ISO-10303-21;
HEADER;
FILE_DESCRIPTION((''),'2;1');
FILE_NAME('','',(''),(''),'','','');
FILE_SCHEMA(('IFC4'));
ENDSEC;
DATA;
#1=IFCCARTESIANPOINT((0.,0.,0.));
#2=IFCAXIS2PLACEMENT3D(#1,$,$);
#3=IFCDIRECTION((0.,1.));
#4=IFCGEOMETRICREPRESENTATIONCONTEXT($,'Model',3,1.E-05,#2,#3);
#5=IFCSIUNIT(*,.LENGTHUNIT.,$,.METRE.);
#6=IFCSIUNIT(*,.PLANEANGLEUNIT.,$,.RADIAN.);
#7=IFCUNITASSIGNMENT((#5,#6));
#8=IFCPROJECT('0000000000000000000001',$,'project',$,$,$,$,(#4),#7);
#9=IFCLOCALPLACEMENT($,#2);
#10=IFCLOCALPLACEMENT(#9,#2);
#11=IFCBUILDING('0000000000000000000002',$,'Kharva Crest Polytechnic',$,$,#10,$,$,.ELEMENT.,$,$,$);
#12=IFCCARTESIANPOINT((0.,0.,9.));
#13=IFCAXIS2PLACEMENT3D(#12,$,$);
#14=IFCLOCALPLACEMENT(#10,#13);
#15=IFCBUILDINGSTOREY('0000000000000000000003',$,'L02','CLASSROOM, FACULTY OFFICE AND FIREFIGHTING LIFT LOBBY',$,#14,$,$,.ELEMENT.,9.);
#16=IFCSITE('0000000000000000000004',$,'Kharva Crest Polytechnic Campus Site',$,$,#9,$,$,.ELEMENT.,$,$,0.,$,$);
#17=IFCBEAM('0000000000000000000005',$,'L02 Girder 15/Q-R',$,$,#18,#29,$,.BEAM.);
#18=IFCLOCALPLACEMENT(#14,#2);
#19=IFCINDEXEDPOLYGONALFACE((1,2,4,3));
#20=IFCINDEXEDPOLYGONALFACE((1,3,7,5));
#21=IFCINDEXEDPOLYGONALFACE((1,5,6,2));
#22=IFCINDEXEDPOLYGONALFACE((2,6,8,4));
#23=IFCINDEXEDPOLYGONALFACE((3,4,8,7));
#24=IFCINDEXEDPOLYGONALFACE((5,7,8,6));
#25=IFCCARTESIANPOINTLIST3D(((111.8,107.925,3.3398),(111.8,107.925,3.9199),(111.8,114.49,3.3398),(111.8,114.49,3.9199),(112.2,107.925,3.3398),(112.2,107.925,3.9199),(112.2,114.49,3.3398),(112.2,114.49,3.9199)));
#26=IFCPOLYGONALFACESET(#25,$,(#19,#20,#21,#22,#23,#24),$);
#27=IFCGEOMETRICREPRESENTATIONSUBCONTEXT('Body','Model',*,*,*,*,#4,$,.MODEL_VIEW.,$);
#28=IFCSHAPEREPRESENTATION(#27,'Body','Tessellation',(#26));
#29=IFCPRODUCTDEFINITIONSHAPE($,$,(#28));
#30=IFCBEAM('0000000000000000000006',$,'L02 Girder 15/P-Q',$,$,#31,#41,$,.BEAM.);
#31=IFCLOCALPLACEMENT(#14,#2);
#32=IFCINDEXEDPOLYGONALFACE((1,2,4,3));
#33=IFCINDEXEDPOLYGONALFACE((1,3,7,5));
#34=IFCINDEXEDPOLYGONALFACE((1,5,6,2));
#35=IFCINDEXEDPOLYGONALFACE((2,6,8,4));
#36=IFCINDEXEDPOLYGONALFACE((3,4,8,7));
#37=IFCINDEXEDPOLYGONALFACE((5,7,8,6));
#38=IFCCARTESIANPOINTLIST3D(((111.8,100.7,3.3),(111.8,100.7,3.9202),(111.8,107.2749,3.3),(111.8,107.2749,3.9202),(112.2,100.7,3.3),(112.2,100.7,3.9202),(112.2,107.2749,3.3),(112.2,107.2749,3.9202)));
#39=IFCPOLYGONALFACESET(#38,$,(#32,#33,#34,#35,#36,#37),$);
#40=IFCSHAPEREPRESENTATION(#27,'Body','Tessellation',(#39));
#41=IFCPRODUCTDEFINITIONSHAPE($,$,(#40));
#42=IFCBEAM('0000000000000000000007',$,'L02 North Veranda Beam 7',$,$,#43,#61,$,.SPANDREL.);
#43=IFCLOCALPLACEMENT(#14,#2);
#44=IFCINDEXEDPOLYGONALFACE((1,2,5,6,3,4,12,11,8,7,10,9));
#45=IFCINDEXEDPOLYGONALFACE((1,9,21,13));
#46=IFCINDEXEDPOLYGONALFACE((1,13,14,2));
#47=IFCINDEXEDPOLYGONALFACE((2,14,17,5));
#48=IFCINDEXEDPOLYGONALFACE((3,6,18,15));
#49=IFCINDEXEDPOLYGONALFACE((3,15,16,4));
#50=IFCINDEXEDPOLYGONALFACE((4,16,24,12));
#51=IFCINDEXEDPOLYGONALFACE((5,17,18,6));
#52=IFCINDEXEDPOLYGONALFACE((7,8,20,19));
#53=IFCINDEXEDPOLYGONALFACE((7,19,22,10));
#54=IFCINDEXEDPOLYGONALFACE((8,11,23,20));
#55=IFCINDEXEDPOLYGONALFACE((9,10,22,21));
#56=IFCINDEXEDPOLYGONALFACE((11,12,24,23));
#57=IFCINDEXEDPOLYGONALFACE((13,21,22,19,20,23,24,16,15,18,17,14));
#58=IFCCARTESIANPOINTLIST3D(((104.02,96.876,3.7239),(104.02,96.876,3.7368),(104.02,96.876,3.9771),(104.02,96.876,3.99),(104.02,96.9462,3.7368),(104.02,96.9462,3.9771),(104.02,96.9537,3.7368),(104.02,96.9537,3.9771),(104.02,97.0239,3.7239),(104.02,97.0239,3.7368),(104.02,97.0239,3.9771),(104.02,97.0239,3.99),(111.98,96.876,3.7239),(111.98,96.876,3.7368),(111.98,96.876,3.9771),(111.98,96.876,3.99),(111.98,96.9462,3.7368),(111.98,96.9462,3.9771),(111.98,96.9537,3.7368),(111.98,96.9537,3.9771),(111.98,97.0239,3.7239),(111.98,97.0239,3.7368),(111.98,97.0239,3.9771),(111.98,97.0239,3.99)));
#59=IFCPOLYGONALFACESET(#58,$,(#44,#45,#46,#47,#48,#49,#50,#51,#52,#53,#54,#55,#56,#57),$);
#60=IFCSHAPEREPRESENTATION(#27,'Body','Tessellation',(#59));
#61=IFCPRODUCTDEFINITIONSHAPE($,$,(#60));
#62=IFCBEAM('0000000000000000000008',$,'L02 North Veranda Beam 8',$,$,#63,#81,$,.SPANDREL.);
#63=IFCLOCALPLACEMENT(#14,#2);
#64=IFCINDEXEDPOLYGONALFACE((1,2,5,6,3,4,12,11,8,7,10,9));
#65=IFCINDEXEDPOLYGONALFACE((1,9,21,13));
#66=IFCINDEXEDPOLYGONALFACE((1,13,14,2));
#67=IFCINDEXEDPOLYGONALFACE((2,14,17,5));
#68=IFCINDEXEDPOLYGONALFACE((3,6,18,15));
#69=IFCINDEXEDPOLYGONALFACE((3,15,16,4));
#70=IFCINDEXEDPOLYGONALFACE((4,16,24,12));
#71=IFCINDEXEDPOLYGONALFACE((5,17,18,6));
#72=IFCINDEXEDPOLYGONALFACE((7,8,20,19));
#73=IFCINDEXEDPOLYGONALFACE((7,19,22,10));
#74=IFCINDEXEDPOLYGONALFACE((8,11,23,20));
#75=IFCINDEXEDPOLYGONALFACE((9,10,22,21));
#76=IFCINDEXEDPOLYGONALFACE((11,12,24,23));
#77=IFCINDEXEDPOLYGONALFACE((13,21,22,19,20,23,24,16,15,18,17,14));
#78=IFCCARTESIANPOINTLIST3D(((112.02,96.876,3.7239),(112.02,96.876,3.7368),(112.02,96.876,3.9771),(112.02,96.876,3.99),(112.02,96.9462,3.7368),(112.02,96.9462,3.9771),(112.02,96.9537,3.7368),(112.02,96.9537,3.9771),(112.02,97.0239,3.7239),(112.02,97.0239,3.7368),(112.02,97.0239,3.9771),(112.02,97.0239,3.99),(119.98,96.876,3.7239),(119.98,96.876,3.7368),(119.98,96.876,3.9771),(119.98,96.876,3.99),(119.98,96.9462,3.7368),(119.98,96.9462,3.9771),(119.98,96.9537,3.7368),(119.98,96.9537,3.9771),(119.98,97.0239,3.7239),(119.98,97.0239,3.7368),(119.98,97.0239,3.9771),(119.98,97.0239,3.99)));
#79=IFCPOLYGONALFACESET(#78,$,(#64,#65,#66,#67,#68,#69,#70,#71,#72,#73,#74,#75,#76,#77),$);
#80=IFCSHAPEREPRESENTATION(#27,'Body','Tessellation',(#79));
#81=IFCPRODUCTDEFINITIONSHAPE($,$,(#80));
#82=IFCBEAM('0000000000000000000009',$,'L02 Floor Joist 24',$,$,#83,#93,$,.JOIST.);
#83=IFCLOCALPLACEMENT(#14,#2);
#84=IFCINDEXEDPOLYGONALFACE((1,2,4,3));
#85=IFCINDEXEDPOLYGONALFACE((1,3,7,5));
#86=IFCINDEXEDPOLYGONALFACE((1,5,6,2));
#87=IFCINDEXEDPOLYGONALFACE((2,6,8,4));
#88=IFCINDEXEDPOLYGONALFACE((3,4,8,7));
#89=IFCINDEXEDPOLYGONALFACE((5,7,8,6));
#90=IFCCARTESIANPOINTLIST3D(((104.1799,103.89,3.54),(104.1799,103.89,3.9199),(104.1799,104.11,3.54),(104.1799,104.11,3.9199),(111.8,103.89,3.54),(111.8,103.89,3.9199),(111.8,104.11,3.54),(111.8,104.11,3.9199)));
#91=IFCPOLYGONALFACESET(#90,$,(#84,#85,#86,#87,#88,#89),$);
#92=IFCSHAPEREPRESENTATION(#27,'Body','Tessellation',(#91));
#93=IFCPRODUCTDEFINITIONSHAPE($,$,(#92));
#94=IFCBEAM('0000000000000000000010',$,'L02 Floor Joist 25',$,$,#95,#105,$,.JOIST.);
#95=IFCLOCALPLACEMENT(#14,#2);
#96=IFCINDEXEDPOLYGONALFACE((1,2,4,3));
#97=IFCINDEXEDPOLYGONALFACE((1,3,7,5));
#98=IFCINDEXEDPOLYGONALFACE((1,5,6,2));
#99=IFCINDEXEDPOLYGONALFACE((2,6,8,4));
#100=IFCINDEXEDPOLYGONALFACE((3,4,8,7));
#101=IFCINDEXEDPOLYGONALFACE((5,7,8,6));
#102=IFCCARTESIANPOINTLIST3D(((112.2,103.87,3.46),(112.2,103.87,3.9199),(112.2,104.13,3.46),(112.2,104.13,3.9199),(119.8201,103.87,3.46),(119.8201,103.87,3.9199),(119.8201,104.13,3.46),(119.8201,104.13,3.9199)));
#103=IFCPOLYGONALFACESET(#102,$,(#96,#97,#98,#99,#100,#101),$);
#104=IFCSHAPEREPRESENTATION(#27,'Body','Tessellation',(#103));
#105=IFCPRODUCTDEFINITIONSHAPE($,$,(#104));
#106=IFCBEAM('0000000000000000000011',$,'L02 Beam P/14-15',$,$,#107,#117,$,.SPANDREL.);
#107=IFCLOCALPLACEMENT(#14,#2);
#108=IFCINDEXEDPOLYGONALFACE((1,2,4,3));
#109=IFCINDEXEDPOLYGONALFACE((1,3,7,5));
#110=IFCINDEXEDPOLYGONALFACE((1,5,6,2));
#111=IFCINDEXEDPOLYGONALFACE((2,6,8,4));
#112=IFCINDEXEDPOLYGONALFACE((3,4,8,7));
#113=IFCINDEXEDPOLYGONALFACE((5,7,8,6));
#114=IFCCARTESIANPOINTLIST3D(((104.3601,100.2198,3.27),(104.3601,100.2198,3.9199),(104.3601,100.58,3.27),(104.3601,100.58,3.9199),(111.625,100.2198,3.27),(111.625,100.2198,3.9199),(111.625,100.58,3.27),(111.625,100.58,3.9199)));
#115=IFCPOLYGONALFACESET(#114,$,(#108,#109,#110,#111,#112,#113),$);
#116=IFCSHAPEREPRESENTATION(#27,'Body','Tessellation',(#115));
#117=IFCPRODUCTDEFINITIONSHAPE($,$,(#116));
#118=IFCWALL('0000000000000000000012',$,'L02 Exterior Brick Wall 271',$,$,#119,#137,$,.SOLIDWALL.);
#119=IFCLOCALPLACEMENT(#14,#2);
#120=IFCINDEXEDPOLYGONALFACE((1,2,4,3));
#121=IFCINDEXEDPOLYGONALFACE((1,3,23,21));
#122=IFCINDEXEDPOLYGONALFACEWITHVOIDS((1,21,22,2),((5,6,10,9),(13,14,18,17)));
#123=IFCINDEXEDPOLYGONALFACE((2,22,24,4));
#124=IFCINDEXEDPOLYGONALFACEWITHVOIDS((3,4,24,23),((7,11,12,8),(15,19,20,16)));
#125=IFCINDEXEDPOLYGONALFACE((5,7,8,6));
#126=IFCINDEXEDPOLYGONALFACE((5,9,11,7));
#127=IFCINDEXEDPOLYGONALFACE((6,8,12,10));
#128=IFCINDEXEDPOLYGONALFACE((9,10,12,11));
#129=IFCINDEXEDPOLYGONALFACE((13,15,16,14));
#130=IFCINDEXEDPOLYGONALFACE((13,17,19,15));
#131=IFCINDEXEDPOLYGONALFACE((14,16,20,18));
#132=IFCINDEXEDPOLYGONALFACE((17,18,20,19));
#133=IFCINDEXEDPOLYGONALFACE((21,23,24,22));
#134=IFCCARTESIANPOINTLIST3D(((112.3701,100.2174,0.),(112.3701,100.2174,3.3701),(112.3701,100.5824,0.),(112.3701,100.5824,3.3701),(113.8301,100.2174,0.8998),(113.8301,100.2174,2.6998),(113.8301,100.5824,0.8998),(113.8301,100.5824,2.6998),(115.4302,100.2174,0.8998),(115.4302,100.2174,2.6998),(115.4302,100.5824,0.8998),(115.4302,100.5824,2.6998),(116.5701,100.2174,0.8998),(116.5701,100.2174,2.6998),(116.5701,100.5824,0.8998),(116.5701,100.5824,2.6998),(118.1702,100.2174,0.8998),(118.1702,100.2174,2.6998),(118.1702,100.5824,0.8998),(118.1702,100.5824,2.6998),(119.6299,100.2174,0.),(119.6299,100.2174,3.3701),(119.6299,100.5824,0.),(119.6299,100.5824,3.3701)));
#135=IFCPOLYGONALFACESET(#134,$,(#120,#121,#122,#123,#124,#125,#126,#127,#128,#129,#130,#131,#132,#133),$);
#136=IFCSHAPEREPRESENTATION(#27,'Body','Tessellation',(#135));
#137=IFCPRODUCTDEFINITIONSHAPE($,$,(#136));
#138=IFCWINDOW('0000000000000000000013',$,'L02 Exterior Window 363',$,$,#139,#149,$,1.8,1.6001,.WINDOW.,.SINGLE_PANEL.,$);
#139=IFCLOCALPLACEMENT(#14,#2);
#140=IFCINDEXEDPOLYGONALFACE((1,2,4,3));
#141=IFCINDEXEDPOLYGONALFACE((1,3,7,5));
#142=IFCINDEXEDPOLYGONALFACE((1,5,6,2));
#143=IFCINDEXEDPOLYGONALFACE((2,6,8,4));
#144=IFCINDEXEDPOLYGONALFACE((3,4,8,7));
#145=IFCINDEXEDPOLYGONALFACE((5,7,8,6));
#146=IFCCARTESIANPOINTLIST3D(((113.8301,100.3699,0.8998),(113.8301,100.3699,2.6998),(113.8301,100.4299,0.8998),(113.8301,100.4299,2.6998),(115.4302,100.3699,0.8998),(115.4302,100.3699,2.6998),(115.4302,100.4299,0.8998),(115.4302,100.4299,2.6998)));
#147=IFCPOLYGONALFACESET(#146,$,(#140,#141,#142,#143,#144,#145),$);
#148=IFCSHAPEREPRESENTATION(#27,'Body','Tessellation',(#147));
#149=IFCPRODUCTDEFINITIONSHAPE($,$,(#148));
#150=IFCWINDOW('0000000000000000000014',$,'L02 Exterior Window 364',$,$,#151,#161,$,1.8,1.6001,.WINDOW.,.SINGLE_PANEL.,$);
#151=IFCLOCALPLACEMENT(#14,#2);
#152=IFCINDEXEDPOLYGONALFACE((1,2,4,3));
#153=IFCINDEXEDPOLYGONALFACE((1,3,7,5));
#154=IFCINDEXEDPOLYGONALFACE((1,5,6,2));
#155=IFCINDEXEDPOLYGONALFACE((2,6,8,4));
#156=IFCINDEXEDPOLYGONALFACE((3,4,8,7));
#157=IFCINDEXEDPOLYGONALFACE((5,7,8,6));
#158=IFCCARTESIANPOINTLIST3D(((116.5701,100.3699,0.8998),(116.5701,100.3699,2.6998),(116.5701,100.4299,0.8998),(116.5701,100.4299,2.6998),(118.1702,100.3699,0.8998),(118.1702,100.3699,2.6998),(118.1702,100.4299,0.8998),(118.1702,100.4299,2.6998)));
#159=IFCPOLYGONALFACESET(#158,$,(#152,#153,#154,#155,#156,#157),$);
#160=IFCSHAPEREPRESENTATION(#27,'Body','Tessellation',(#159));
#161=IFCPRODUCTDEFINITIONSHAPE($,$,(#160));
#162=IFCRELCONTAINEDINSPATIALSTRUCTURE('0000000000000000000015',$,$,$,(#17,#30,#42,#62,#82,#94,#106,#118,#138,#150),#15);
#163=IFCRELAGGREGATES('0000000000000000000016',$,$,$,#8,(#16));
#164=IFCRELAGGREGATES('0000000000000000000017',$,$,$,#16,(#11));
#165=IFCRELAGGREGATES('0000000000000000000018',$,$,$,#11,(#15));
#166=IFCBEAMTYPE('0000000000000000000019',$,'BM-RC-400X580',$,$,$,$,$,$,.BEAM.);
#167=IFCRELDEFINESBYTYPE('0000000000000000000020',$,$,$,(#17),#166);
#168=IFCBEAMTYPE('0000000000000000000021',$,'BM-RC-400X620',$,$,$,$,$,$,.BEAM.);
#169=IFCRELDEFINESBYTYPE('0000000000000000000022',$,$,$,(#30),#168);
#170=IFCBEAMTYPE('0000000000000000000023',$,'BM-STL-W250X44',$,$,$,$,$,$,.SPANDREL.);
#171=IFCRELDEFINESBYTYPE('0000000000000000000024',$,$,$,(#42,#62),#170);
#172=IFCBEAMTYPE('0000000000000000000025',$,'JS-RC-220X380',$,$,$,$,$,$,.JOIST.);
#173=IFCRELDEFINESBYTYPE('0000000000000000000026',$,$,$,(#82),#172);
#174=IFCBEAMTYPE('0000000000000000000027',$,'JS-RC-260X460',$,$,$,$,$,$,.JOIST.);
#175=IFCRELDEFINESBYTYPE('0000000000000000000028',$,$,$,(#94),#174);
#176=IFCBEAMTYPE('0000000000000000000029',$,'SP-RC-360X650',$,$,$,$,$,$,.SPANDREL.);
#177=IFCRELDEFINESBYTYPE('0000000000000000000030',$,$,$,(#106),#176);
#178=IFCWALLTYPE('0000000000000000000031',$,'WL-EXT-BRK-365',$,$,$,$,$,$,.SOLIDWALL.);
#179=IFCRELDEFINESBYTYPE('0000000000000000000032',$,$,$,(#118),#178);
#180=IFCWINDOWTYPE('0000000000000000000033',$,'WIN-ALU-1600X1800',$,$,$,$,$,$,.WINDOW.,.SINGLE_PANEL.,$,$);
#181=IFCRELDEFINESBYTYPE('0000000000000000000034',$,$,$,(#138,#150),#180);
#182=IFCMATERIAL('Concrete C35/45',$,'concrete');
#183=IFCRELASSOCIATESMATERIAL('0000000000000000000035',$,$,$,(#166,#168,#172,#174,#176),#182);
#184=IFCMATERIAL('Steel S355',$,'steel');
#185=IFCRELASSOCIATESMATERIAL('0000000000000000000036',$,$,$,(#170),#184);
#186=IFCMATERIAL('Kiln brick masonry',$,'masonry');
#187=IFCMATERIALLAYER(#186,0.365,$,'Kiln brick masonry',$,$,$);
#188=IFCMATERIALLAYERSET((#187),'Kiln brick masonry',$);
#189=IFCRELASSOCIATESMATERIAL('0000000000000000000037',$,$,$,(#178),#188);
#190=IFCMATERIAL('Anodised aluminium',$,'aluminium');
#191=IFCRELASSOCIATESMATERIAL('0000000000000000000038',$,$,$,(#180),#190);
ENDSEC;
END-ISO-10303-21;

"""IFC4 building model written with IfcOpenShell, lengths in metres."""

from ifc_helpers import new_model, si_unit, direction, frame, frame_2d, origin, origin_2d, place, context, subcontext, project, spatial, rectangle, i_section, extrude, material, layer, layer_set, material_profile, profile_set, type_object, element, fill, save


model = new_model("IFC4")

# Units and contexts
model_context = context("Model", 3, precision=1e-05, world=origin(), true_north=direction((0.0, 1.0)))
body_context = subcontext(model_context, "Body", "Model", "MODEL_VIEW")
ifc_project = project(units=[si_unit("LENGTHUNIT", "METRE"), si_unit("PLANEANGLEUNIT", "RADIAN")], contexts=[model_context])

# Site, building, storey
site_placement = place(None, origin())
site = spatial("IfcSite", under=ifc_project, at=site_placement, Name="Kharva Crest Polytechnic Campus Site", CompositionType="ELEMENT", RefElevation=0.0)
building_placement = place(site_placement, origin())
building = spatial("IfcBuilding", under=site, at=building_placement, Name="Kharva Crest Polytechnic", CompositionType="ELEMENT")
storey_placement = place(building_placement, frame((0.0, 0.0, 9.0)))
storey = spatial("IfcBuildingStorey", under=building, at=storey_placement, Name="L02", Description="CLASSROOM, FACULTY OFFICE AND FIREFIGHTING LIFT LOBBY", CompositionType="ELEMENT", Elevation=9.0)

# Shared definitions
ifc_material_1 = material(Name="Steel S355", Category="steel")

# Beams
ifc_material_2 = material(Name="Concrete C35/45", Category="concrete")
ifc_material_profile_1 = material_profile(ifc_material_2, rectangle(XDim=0.3999, YDim=0.5801, at=origin_2d()), Name="RECT 400 X 580")
ifc_profile_set_1 = profile_set([ifc_material_profile_1], Name="Concrete C35/45")
beam_type_1 = type_object("IfcBeamType", Name="BM-RC-400X580", PredefinedType="BEAM", material=ifc_profile_set_1)
beam_1_placement = place(storey_placement, frame((112.0, 107.925, 3.6299), z_axis=(0.0, 1.0, 0.0), x_axis=(-1.0, 0.0, 0.0)))
element("IfcBeam", 1, at=beam_1_placement, inside=storey, type_object=beam_type_1, Name="L02 Girder 15/Q-R", PredefinedType="BEAM", context=body_context, shape_type="SweptSolid", body=[
    extrude(rectangle(XDim=0.3999, YDim=0.5801, at=origin_2d()), origin(), (0.0, 0.0, 1.0), 6.5649),
])
ifc_material_profile_2 = material_profile(ifc_material_2, rectangle(XDim=0.3999, YDim=0.6201, at=origin_2d()), Name="RECT 400 X 620")
ifc_profile_set_2 = profile_set([ifc_material_profile_2], Name="Concrete C35/45")
beam_type_2 = type_object("IfcBeamType", Name="BM-RC-400X620", PredefinedType="BEAM", material=ifc_profile_set_2)
beam_2_placement = place(storey_placement, frame((112.0, 100.7, 3.6101), z_axis=(0.0, 1.0, 0.0), x_axis=(-1.0, 0.0, 0.0)))
element("IfcBeam", 2, at=beam_2_placement, inside=storey, type_object=beam_type_2, Name="L02 Girder 15/P-Q", PredefinedType="BEAM", context=body_context, shape_type="SweptSolid", body=[
    extrude(rectangle(XDim=0.3999, YDim=0.6201, at=origin_2d()), origin(), (0.0, 0.0, 1.0), 6.575),
])
ifc_material_profile_3 = material_profile(ifc_material_1, i_section(OverallWidth=0.1479, OverallDepth=0.2661, WebThickness=0.0076, FlangeThickness=0.0129, at=origin_2d()), Name="W250X44.8")
ifc_profile_set_3 = profile_set([ifc_material_profile_3], Name="Steel S355")
beam_type_3 = type_object("IfcBeamType", Name="BM-STL-W250X44", PredefinedType="SPANDREL", material=ifc_profile_set_3)
for number, where, z_axis, x_axis, name in (
    (3, (104.02, 96.95, 3.8569), (1.0, 0.0, 0.0), (0.0, 1.0, 0.0), "L02 North Veranda Beam 7"),
    (4, (112.02, 96.95, 3.8569), (1.0, 0.0, 0.0), (0.0, 1.0, 0.0), "L02 North Veranda Beam 8"),
):
    element("IfcBeam", number, at=place(storey_placement, frame(where, z_axis=z_axis, x_axis=x_axis)), inside=storey, type_object=beam_type_3, Name=name, PredefinedType="SPANDREL", context=body_context, shape_type="SweptSolid", body=[
        extrude(i_section(OverallWidth=0.1479, OverallDepth=0.2661, WebThickness=0.0076, FlangeThickness=0.0129, at=origin_2d()), origin(), (0.0, 0.0, 1.0), 7.96),
    ])
ifc_material_profile_4 = material_profile(ifc_material_2, rectangle(XDim=0.22, YDim=0.3799, at=origin_2d()), Name="RECT 220 X 380")
ifc_profile_set_4 = profile_set([ifc_material_profile_4], Name="Concrete C35/45")
beam_type_4 = type_object("IfcBeamType", Name="JS-RC-220X380", PredefinedType="JOIST", material=ifc_profile_set_4)
beam_3_placement = place(storey_placement, frame((104.1799, 104.0, 3.73), z_axis=(1.0, 0.0, 0.0), x_axis=(0.0, 1.0, 0.0)))
element("IfcBeam", 5, at=beam_3_placement, inside=storey, type_object=beam_type_4, Name="L02 Floor Joist 24", PredefinedType="JOIST", context=body_context, shape_type="SweptSolid", body=[
    extrude(rectangle(XDim=0.22, YDim=0.3799, at=origin_2d()), origin(), (0.0, 0.0, 1.0), 7.6201),
])
ifc_material_profile_5 = material_profile(ifc_material_2, rectangle(XDim=0.26, YDim=0.46, at=origin_2d()), Name="RECT 260 X 460")
ifc_profile_set_5 = profile_set([ifc_material_profile_5], Name="Concrete C35/45")
beam_type_5 = type_object("IfcBeamType", Name="JS-RC-260X460", PredefinedType="JOIST", material=ifc_profile_set_5)
beam_4_placement = place(storey_placement, frame((112.2, 104.0, 3.6899), z_axis=(1.0, 0.0, 0.0), x_axis=(0.0, 1.0, 0.0)))
element("IfcBeam", 6, at=beam_4_placement, inside=storey, type_object=beam_type_5, Name="L02 Floor Joist 25", PredefinedType="JOIST", context=body_context, shape_type="SweptSolid", body=[
    extrude(rectangle(XDim=0.26, YDim=0.46, at=origin_2d()), origin(), (0.0, 0.0, 1.0), 7.6201),
])
ifc_material_profile_6 = material_profile(ifc_material_2, rectangle(XDim=0.3601, YDim=0.6499, at=origin_2d()), Name="RECT 360 X 650")
ifc_profile_set_6 = profile_set([ifc_material_profile_6], Name="Concrete C35/45")
beam_type_6 = type_object("IfcBeamType", Name="SP-RC-360X650", PredefinedType="SPANDREL", material=ifc_profile_set_6)
beam_5_placement = place(storey_placement, frame((104.3601, 100.3999, 3.595), z_axis=(1.0, 0.0, 0.0), x_axis=(0.0, 1.0, 0.0)))
element("IfcBeam", 7, at=beam_5_placement, inside=storey, type_object=beam_type_6, Name="L02 Beam P/14-15", PredefinedType="SPANDREL", context=body_context, shape_type="SweptSolid", body=[
    extrude(rectangle(XDim=0.3601, YDim=0.6499, at=origin_2d()), origin(), (0.0, 0.0, 1.0), 7.2649),
])

# Wall, openings, windows
ifc_material_3 = material(Name="Kiln brick masonry", Category="masonry")
ifc_layer_1 = layer(ifc_material_3, 0.365, Name="Kiln brick masonry")
ifc_layer_set_1 = layer_set([ifc_layer_1], Name="Kiln brick masonry")
wall_type_1 = type_object("IfcWallType", Name="WL-EXT-BRK-365", PredefinedType="SOLIDWALL", material=ifc_layer_set_1)
wall_1_placement = place(storey_placement, frame((112.3701, 100.3999, 0.0), z_axis=(0.0, 0.0, 1.0), x_axis=(1.0, 0.0, 0.0)))
wall_1 = element("IfcWall", 8, at=wall_1_placement, inside=storey, type_object=wall_type_1, Name="L02 Exterior Brick Wall 271", PredefinedType="SOLIDWALL", context=body_context, shape_type="SweptSolid", body=[
    extrude(rectangle(XDim=7.2598, YDim=0.365, at=frame_2d((3.6299, 0.0))), origin(), (0.0, 0.0, 1.0), 3.3701),
])
opening_1_placement = place(wall_1_placement, frame((1.46, 0.0, 0.8999)))
opening_1 = element("IfcOpeningElement", 9, at=opening_1_placement, cuts=wall_1, PredefinedType="OPENING", context=body_context, shape_type="SweptSolid", body=[
    extrude(rectangle(XDim=1.6001, YDim=1.8, at=frame_2d((0.8, 0.8999))), frame((0.0, 0.1924, 0.0), z_axis=(0.0, -1.0, 0.0), x_axis=(1.0, 0.0, 0.0)), (0.0, 0.0, 1.0), 0.385),
])
opening_2_placement = place(wall_1_placement, frame((4.2, 0.0, 0.8999)))
opening_2 = element("IfcOpeningElement", 10, at=opening_2_placement, cuts=wall_1, PredefinedType="OPENING", context=body_context, shape_type="SweptSolid", body=[
    extrude(rectangle(XDim=1.6001, YDim=1.8, at=frame_2d((0.8, 0.8999))), frame((0.0, 0.1924, 0.0), z_axis=(0.0, -1.0, 0.0), x_axis=(1.0, 0.0, 0.0)), (0.0, 0.0, 1.0), 0.385),
])
ifc_material_4 = material(Name="Anodised aluminium", Category="aluminium")
window_type_1 = type_object("IfcWindowType", Name="WIN-ALU-1600X1800", PartitioningType="SINGLE_PANEL", PredefinedType="WINDOW", material=ifc_material_4)
window_1_placement = place(opening_1_placement, origin())
window_1 = element("IfcWindow", 11, at=window_1_placement, inside=storey, type_object=window_type_1, Name="L02 Exterior Window 363", OverallHeight=1.8, OverallWidth=1.6001, PartitioningType="SINGLE_PANEL", PredefinedType="WINDOW", context=body_context, shape_type="SweptSolid", body=[
    extrude(rectangle(XDim=1.6001, YDim=1.8, at=frame_2d((0.8, 0.8999))), frame((0.0, 0.03, 0.0), z_axis=(0.0, -1.0, 0.0), x_axis=(1.0, 0.0, 0.0)), (0.0, 0.0, 1.0), 0.0601),
])
fill(opening_1, window_1)
window_2_placement = place(opening_2_placement, origin())
window_2 = element("IfcWindow", 12, at=window_2_placement, inside=storey, type_object=window_type_1, Name="L02 Exterior Window 364", OverallHeight=1.8, OverallWidth=1.6001, PartitioningType="SINGLE_PANEL", PredefinedType="WINDOW", context=body_context, shape_type="SweptSolid", body=[
    extrude(rectangle(XDim=1.6001, YDim=1.8, at=frame_2d((0.8, 0.8999))), frame((0.0, 0.03, 0.0), z_axis=(0.0, -1.0, 0.0), x_axis=(1.0, 0.0, 0.0)), (0.0, 0.0, 1.0), 0.0601),
])
fill(opening_2, window_2)

save(model, "model.ifc")
